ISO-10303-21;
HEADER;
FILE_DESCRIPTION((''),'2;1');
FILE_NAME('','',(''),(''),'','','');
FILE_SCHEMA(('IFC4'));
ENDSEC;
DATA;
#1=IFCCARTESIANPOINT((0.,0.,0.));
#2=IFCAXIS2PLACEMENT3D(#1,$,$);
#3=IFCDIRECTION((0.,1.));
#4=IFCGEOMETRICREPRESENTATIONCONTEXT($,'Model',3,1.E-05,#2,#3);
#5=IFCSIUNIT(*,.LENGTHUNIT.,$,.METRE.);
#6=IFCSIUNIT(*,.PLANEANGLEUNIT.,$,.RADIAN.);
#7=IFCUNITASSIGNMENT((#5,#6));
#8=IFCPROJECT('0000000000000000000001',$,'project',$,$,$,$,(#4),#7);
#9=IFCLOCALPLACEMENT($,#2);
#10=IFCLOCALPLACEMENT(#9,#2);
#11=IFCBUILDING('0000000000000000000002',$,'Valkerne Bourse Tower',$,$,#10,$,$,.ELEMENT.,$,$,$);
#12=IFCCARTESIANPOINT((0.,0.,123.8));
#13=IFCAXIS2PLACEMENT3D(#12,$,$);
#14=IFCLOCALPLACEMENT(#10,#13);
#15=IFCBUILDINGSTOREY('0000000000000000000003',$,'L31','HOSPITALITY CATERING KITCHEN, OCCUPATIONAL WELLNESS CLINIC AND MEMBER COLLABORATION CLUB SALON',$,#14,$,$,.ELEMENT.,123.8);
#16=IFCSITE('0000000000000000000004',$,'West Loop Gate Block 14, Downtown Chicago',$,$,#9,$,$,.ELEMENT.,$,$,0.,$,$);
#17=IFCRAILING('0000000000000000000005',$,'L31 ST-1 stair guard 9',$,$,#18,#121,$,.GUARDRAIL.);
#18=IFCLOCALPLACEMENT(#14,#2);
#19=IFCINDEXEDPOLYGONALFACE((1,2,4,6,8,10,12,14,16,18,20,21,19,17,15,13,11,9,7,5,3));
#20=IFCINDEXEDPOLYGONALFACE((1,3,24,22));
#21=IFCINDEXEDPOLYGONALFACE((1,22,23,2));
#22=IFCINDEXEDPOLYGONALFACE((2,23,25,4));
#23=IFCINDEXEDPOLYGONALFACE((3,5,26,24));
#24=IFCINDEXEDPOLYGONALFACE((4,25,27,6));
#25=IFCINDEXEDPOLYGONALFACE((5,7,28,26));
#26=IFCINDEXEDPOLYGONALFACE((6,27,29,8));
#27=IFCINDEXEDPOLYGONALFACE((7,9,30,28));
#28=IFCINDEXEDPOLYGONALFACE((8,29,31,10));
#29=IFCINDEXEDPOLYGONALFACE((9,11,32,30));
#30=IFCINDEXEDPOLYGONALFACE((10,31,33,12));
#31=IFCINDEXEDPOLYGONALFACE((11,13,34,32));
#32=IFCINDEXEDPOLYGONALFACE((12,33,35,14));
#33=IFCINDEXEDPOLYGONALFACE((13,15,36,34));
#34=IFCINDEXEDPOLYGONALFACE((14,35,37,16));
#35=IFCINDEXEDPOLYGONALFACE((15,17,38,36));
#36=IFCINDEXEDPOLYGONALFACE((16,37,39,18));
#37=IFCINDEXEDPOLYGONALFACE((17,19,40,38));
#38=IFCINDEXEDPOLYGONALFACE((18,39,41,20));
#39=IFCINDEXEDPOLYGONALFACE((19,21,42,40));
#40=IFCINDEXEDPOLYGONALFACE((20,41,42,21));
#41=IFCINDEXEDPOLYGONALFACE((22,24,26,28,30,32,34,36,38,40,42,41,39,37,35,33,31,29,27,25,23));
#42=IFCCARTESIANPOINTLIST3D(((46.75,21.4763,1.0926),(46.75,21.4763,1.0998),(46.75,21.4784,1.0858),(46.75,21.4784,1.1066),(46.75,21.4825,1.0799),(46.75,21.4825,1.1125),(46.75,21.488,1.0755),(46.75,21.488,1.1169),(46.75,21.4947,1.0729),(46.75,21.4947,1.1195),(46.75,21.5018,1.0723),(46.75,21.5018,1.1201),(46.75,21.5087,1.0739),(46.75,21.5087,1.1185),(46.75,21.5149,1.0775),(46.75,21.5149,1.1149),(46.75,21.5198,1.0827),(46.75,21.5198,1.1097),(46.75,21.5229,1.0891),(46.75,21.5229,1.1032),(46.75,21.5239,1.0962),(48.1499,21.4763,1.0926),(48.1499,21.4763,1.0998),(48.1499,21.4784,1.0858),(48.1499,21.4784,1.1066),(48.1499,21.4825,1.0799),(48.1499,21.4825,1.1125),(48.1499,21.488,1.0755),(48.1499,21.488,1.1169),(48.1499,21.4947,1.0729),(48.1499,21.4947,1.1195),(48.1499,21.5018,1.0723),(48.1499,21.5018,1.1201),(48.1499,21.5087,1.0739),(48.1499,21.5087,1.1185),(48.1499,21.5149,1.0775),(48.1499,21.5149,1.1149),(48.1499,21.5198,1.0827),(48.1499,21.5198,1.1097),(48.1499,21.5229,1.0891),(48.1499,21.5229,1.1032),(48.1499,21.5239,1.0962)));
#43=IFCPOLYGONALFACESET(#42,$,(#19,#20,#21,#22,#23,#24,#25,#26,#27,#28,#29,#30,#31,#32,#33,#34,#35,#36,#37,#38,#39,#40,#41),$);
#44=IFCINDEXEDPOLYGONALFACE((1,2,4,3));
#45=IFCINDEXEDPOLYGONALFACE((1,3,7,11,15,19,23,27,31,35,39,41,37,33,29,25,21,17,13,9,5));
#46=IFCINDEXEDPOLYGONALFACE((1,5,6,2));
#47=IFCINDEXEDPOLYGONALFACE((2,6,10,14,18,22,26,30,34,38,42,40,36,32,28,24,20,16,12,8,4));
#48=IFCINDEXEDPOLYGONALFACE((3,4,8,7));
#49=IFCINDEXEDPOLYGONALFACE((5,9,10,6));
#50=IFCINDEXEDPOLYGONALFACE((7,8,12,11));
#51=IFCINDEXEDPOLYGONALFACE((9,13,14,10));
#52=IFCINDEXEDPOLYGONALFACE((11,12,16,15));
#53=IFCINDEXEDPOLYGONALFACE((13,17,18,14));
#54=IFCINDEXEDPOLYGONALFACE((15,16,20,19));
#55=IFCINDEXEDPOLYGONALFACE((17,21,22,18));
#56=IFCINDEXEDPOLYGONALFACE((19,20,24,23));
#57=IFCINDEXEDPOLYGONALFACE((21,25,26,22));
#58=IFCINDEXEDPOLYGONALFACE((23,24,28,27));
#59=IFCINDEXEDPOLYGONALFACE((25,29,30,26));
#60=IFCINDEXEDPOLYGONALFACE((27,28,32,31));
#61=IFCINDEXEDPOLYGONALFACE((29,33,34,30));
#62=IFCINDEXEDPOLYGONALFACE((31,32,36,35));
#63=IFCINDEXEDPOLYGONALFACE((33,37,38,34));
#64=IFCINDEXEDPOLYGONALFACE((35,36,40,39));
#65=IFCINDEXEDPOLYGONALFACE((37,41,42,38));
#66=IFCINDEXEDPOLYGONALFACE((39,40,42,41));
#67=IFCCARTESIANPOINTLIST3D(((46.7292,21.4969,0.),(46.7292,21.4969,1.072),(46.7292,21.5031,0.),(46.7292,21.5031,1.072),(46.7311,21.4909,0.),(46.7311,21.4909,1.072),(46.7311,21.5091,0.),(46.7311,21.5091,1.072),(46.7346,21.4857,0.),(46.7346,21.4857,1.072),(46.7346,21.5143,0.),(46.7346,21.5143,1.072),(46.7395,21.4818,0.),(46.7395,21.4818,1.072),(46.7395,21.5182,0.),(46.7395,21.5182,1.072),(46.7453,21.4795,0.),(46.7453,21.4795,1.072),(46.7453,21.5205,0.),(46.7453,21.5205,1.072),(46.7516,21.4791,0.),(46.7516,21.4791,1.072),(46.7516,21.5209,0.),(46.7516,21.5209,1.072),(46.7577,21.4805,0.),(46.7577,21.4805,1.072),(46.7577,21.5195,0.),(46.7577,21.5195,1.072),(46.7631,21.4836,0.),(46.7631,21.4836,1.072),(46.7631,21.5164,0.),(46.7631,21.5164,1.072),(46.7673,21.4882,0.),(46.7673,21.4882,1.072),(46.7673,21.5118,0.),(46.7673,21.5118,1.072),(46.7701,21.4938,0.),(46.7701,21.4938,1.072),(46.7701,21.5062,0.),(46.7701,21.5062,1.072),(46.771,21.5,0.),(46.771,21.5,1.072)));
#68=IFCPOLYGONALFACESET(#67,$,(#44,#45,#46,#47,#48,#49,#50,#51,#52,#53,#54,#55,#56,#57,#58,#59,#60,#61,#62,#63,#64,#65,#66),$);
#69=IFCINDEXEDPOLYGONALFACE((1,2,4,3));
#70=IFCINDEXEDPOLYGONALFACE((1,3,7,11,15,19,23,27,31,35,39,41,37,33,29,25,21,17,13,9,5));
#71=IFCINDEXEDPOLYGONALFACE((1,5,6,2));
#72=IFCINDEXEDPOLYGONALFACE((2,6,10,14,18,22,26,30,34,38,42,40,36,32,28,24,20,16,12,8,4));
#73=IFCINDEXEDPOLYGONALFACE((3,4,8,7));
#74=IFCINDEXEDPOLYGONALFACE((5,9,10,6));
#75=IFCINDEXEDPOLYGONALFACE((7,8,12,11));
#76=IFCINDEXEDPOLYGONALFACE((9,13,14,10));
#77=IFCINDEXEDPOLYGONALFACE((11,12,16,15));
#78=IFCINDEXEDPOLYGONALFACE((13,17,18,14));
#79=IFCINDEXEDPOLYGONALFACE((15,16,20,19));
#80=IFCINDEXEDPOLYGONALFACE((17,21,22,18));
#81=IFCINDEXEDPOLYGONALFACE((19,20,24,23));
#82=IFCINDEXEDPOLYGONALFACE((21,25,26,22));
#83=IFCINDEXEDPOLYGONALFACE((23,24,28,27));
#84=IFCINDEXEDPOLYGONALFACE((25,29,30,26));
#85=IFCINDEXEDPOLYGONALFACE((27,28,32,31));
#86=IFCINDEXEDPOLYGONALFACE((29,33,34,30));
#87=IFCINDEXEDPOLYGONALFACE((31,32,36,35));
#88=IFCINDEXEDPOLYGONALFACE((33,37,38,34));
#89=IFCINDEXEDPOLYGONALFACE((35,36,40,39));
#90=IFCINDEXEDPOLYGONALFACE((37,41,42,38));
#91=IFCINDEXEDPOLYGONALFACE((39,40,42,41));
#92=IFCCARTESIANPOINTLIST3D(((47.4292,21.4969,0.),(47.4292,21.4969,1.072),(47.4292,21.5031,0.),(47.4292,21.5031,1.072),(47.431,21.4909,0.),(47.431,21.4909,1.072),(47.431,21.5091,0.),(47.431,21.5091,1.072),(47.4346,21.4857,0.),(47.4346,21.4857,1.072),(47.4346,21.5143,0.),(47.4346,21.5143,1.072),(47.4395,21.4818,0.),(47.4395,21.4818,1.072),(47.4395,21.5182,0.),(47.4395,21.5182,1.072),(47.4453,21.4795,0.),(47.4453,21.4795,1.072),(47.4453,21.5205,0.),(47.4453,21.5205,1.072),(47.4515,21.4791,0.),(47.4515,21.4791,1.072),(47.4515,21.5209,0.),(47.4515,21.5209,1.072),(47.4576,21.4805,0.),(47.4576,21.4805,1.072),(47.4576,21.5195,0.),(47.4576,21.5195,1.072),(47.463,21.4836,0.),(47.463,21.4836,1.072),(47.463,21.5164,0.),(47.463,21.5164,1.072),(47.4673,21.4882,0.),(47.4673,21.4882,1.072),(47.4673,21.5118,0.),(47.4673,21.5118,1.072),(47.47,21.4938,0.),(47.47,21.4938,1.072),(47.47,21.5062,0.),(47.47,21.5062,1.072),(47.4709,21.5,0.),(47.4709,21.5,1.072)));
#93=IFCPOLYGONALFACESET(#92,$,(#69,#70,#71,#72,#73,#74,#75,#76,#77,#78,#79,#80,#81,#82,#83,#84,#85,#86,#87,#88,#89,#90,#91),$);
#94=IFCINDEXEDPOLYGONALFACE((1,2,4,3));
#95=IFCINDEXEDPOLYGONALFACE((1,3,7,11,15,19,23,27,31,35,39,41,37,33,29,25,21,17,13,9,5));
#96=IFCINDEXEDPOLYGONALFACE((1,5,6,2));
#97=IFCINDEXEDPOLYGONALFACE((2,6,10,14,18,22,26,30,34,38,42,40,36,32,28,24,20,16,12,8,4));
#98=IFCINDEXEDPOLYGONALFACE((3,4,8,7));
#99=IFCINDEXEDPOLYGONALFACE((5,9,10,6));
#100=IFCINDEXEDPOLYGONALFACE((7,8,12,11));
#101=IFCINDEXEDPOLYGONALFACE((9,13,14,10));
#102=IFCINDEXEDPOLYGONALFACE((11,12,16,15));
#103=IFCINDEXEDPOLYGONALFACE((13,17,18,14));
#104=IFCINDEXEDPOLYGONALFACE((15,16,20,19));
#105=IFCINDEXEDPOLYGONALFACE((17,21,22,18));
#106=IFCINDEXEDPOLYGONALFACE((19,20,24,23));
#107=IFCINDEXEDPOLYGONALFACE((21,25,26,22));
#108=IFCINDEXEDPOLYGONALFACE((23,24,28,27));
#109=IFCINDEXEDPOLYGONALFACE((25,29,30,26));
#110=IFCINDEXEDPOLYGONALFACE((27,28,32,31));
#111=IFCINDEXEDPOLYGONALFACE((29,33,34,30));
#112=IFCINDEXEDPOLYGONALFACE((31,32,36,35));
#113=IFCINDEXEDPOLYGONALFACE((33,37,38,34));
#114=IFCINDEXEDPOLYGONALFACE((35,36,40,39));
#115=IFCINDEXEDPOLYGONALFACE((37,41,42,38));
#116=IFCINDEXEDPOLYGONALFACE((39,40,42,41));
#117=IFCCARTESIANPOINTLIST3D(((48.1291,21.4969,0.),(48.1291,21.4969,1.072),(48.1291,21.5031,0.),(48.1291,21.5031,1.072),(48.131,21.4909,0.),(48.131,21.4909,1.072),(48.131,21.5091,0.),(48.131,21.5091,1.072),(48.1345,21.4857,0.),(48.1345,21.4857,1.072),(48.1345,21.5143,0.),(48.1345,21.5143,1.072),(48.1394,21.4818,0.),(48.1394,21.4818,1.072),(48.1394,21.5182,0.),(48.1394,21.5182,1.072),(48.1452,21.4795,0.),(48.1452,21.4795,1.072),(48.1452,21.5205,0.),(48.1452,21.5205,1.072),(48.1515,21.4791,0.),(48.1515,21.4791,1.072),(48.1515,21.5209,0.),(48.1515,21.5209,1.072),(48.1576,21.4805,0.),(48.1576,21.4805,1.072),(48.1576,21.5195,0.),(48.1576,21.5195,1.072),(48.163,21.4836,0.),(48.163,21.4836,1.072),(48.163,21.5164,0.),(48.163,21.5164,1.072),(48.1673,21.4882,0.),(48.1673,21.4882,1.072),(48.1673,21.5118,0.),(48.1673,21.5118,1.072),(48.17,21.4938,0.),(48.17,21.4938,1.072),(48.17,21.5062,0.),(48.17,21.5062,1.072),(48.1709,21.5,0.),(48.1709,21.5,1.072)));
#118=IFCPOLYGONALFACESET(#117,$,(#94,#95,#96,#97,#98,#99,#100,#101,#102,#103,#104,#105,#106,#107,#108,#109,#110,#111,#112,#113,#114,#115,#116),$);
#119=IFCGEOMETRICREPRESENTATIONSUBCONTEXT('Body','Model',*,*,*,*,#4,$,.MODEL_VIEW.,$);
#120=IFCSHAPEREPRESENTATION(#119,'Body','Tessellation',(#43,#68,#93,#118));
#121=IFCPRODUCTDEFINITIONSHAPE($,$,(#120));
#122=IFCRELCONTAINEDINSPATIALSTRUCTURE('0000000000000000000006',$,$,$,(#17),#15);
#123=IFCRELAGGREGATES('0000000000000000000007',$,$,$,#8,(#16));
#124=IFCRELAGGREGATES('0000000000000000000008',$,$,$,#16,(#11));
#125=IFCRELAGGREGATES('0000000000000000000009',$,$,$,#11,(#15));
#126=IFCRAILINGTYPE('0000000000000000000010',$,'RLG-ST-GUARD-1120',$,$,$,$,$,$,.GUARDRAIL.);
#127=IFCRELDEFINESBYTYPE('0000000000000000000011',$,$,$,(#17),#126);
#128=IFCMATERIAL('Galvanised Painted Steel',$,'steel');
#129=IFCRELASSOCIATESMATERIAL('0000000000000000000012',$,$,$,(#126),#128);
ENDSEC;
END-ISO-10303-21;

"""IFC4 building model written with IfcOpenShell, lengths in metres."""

from ifc_helpers import new_model, si_unit, direction, frame, origin, origin_2d, place, context, subcontext, project, spatial, circle, extrude, material, type_object, element, save


model = new_model("IFC4")

# Units and contexts
model_context = context("Model", 3, precision=1e-05, world=origin(), true_north=direction((0.0, 1.0)))
body_context = subcontext(model_context, "Body", "Model", "MODEL_VIEW")
ifc_project = project(units=[si_unit("LENGTHUNIT", "METRE"), si_unit("PLANEANGLEUNIT", "RADIAN")], contexts=[model_context])

# Site, building, storey
site_placement = place(None, origin())
site = spatial("IfcSite", under=ifc_project, at=site_placement, Name="West Loop Gate Block 14, Downtown Chicago", CompositionType="ELEMENT", RefElevation=0.0)
building_placement = place(site_placement, origin())
building = spatial("IfcBuilding", under=site, at=building_placement, Name="Valkerne Bourse Tower", CompositionType="ELEMENT")
storey_placement = place(building_placement, frame((0.0, 0.0, 123.8)))
storey = spatial("IfcBuildingStorey", under=building, at=storey_placement, Name="L31", Description="HOSPITALITY CATERING KITCHEN, OCCUPATIONAL WELLNESS CLINIC AND MEMBER COLLABORATION CLUB SALON", CompositionType="ELEMENT", Elevation=123.8)

# Shared definitions
ifc_material_1 = material(Name="Galvanised Painted Steel", Category="steel")

# Railing
railing_type = type_object("IfcRailingType", Name="RLG-ST-GUARD-1120", PredefinedType="GUARDRAIL", material=ifc_material_1)
for number, where, name in (
    (1, (46.75, 21.5, 0.0), "L31 ST-1 stair guard 9"),
):
    element("IfcRailing", number, at=place(storey_placement, frame(where)), inside=storey, type_object=railing_type, Name=name, PredefinedType="GUARDRAIL", context=body_context, shape_type="SweptSolid", body=[
        extrude(circle(Radius=0.0239, at=origin_2d()), frame((0.0, 0.0, 1.0962), z_axis=(1.0, 0.0, 0.0), x_axis=(0.0, 1.0, 0.0)), (0.0, 0.0, 1.0), 1.3999),
        extrude(circle(Radius=0.021, at=origin_2d()), origin(), (0.0, 0.0, 1.0), 1.072),
        extrude(circle(Radius=0.021, at=origin_2d()), frame((0.7, 0.0, 0.0)), (0.0, 0.0, 1.0), 1.072),
        extrude(circle(Radius=0.021, at=origin_2d()), frame((1.3999, 0.0, 0.0)), (0.0, 0.0, 1.0), 1.072),
    ])

save(model, "model.ifc")
